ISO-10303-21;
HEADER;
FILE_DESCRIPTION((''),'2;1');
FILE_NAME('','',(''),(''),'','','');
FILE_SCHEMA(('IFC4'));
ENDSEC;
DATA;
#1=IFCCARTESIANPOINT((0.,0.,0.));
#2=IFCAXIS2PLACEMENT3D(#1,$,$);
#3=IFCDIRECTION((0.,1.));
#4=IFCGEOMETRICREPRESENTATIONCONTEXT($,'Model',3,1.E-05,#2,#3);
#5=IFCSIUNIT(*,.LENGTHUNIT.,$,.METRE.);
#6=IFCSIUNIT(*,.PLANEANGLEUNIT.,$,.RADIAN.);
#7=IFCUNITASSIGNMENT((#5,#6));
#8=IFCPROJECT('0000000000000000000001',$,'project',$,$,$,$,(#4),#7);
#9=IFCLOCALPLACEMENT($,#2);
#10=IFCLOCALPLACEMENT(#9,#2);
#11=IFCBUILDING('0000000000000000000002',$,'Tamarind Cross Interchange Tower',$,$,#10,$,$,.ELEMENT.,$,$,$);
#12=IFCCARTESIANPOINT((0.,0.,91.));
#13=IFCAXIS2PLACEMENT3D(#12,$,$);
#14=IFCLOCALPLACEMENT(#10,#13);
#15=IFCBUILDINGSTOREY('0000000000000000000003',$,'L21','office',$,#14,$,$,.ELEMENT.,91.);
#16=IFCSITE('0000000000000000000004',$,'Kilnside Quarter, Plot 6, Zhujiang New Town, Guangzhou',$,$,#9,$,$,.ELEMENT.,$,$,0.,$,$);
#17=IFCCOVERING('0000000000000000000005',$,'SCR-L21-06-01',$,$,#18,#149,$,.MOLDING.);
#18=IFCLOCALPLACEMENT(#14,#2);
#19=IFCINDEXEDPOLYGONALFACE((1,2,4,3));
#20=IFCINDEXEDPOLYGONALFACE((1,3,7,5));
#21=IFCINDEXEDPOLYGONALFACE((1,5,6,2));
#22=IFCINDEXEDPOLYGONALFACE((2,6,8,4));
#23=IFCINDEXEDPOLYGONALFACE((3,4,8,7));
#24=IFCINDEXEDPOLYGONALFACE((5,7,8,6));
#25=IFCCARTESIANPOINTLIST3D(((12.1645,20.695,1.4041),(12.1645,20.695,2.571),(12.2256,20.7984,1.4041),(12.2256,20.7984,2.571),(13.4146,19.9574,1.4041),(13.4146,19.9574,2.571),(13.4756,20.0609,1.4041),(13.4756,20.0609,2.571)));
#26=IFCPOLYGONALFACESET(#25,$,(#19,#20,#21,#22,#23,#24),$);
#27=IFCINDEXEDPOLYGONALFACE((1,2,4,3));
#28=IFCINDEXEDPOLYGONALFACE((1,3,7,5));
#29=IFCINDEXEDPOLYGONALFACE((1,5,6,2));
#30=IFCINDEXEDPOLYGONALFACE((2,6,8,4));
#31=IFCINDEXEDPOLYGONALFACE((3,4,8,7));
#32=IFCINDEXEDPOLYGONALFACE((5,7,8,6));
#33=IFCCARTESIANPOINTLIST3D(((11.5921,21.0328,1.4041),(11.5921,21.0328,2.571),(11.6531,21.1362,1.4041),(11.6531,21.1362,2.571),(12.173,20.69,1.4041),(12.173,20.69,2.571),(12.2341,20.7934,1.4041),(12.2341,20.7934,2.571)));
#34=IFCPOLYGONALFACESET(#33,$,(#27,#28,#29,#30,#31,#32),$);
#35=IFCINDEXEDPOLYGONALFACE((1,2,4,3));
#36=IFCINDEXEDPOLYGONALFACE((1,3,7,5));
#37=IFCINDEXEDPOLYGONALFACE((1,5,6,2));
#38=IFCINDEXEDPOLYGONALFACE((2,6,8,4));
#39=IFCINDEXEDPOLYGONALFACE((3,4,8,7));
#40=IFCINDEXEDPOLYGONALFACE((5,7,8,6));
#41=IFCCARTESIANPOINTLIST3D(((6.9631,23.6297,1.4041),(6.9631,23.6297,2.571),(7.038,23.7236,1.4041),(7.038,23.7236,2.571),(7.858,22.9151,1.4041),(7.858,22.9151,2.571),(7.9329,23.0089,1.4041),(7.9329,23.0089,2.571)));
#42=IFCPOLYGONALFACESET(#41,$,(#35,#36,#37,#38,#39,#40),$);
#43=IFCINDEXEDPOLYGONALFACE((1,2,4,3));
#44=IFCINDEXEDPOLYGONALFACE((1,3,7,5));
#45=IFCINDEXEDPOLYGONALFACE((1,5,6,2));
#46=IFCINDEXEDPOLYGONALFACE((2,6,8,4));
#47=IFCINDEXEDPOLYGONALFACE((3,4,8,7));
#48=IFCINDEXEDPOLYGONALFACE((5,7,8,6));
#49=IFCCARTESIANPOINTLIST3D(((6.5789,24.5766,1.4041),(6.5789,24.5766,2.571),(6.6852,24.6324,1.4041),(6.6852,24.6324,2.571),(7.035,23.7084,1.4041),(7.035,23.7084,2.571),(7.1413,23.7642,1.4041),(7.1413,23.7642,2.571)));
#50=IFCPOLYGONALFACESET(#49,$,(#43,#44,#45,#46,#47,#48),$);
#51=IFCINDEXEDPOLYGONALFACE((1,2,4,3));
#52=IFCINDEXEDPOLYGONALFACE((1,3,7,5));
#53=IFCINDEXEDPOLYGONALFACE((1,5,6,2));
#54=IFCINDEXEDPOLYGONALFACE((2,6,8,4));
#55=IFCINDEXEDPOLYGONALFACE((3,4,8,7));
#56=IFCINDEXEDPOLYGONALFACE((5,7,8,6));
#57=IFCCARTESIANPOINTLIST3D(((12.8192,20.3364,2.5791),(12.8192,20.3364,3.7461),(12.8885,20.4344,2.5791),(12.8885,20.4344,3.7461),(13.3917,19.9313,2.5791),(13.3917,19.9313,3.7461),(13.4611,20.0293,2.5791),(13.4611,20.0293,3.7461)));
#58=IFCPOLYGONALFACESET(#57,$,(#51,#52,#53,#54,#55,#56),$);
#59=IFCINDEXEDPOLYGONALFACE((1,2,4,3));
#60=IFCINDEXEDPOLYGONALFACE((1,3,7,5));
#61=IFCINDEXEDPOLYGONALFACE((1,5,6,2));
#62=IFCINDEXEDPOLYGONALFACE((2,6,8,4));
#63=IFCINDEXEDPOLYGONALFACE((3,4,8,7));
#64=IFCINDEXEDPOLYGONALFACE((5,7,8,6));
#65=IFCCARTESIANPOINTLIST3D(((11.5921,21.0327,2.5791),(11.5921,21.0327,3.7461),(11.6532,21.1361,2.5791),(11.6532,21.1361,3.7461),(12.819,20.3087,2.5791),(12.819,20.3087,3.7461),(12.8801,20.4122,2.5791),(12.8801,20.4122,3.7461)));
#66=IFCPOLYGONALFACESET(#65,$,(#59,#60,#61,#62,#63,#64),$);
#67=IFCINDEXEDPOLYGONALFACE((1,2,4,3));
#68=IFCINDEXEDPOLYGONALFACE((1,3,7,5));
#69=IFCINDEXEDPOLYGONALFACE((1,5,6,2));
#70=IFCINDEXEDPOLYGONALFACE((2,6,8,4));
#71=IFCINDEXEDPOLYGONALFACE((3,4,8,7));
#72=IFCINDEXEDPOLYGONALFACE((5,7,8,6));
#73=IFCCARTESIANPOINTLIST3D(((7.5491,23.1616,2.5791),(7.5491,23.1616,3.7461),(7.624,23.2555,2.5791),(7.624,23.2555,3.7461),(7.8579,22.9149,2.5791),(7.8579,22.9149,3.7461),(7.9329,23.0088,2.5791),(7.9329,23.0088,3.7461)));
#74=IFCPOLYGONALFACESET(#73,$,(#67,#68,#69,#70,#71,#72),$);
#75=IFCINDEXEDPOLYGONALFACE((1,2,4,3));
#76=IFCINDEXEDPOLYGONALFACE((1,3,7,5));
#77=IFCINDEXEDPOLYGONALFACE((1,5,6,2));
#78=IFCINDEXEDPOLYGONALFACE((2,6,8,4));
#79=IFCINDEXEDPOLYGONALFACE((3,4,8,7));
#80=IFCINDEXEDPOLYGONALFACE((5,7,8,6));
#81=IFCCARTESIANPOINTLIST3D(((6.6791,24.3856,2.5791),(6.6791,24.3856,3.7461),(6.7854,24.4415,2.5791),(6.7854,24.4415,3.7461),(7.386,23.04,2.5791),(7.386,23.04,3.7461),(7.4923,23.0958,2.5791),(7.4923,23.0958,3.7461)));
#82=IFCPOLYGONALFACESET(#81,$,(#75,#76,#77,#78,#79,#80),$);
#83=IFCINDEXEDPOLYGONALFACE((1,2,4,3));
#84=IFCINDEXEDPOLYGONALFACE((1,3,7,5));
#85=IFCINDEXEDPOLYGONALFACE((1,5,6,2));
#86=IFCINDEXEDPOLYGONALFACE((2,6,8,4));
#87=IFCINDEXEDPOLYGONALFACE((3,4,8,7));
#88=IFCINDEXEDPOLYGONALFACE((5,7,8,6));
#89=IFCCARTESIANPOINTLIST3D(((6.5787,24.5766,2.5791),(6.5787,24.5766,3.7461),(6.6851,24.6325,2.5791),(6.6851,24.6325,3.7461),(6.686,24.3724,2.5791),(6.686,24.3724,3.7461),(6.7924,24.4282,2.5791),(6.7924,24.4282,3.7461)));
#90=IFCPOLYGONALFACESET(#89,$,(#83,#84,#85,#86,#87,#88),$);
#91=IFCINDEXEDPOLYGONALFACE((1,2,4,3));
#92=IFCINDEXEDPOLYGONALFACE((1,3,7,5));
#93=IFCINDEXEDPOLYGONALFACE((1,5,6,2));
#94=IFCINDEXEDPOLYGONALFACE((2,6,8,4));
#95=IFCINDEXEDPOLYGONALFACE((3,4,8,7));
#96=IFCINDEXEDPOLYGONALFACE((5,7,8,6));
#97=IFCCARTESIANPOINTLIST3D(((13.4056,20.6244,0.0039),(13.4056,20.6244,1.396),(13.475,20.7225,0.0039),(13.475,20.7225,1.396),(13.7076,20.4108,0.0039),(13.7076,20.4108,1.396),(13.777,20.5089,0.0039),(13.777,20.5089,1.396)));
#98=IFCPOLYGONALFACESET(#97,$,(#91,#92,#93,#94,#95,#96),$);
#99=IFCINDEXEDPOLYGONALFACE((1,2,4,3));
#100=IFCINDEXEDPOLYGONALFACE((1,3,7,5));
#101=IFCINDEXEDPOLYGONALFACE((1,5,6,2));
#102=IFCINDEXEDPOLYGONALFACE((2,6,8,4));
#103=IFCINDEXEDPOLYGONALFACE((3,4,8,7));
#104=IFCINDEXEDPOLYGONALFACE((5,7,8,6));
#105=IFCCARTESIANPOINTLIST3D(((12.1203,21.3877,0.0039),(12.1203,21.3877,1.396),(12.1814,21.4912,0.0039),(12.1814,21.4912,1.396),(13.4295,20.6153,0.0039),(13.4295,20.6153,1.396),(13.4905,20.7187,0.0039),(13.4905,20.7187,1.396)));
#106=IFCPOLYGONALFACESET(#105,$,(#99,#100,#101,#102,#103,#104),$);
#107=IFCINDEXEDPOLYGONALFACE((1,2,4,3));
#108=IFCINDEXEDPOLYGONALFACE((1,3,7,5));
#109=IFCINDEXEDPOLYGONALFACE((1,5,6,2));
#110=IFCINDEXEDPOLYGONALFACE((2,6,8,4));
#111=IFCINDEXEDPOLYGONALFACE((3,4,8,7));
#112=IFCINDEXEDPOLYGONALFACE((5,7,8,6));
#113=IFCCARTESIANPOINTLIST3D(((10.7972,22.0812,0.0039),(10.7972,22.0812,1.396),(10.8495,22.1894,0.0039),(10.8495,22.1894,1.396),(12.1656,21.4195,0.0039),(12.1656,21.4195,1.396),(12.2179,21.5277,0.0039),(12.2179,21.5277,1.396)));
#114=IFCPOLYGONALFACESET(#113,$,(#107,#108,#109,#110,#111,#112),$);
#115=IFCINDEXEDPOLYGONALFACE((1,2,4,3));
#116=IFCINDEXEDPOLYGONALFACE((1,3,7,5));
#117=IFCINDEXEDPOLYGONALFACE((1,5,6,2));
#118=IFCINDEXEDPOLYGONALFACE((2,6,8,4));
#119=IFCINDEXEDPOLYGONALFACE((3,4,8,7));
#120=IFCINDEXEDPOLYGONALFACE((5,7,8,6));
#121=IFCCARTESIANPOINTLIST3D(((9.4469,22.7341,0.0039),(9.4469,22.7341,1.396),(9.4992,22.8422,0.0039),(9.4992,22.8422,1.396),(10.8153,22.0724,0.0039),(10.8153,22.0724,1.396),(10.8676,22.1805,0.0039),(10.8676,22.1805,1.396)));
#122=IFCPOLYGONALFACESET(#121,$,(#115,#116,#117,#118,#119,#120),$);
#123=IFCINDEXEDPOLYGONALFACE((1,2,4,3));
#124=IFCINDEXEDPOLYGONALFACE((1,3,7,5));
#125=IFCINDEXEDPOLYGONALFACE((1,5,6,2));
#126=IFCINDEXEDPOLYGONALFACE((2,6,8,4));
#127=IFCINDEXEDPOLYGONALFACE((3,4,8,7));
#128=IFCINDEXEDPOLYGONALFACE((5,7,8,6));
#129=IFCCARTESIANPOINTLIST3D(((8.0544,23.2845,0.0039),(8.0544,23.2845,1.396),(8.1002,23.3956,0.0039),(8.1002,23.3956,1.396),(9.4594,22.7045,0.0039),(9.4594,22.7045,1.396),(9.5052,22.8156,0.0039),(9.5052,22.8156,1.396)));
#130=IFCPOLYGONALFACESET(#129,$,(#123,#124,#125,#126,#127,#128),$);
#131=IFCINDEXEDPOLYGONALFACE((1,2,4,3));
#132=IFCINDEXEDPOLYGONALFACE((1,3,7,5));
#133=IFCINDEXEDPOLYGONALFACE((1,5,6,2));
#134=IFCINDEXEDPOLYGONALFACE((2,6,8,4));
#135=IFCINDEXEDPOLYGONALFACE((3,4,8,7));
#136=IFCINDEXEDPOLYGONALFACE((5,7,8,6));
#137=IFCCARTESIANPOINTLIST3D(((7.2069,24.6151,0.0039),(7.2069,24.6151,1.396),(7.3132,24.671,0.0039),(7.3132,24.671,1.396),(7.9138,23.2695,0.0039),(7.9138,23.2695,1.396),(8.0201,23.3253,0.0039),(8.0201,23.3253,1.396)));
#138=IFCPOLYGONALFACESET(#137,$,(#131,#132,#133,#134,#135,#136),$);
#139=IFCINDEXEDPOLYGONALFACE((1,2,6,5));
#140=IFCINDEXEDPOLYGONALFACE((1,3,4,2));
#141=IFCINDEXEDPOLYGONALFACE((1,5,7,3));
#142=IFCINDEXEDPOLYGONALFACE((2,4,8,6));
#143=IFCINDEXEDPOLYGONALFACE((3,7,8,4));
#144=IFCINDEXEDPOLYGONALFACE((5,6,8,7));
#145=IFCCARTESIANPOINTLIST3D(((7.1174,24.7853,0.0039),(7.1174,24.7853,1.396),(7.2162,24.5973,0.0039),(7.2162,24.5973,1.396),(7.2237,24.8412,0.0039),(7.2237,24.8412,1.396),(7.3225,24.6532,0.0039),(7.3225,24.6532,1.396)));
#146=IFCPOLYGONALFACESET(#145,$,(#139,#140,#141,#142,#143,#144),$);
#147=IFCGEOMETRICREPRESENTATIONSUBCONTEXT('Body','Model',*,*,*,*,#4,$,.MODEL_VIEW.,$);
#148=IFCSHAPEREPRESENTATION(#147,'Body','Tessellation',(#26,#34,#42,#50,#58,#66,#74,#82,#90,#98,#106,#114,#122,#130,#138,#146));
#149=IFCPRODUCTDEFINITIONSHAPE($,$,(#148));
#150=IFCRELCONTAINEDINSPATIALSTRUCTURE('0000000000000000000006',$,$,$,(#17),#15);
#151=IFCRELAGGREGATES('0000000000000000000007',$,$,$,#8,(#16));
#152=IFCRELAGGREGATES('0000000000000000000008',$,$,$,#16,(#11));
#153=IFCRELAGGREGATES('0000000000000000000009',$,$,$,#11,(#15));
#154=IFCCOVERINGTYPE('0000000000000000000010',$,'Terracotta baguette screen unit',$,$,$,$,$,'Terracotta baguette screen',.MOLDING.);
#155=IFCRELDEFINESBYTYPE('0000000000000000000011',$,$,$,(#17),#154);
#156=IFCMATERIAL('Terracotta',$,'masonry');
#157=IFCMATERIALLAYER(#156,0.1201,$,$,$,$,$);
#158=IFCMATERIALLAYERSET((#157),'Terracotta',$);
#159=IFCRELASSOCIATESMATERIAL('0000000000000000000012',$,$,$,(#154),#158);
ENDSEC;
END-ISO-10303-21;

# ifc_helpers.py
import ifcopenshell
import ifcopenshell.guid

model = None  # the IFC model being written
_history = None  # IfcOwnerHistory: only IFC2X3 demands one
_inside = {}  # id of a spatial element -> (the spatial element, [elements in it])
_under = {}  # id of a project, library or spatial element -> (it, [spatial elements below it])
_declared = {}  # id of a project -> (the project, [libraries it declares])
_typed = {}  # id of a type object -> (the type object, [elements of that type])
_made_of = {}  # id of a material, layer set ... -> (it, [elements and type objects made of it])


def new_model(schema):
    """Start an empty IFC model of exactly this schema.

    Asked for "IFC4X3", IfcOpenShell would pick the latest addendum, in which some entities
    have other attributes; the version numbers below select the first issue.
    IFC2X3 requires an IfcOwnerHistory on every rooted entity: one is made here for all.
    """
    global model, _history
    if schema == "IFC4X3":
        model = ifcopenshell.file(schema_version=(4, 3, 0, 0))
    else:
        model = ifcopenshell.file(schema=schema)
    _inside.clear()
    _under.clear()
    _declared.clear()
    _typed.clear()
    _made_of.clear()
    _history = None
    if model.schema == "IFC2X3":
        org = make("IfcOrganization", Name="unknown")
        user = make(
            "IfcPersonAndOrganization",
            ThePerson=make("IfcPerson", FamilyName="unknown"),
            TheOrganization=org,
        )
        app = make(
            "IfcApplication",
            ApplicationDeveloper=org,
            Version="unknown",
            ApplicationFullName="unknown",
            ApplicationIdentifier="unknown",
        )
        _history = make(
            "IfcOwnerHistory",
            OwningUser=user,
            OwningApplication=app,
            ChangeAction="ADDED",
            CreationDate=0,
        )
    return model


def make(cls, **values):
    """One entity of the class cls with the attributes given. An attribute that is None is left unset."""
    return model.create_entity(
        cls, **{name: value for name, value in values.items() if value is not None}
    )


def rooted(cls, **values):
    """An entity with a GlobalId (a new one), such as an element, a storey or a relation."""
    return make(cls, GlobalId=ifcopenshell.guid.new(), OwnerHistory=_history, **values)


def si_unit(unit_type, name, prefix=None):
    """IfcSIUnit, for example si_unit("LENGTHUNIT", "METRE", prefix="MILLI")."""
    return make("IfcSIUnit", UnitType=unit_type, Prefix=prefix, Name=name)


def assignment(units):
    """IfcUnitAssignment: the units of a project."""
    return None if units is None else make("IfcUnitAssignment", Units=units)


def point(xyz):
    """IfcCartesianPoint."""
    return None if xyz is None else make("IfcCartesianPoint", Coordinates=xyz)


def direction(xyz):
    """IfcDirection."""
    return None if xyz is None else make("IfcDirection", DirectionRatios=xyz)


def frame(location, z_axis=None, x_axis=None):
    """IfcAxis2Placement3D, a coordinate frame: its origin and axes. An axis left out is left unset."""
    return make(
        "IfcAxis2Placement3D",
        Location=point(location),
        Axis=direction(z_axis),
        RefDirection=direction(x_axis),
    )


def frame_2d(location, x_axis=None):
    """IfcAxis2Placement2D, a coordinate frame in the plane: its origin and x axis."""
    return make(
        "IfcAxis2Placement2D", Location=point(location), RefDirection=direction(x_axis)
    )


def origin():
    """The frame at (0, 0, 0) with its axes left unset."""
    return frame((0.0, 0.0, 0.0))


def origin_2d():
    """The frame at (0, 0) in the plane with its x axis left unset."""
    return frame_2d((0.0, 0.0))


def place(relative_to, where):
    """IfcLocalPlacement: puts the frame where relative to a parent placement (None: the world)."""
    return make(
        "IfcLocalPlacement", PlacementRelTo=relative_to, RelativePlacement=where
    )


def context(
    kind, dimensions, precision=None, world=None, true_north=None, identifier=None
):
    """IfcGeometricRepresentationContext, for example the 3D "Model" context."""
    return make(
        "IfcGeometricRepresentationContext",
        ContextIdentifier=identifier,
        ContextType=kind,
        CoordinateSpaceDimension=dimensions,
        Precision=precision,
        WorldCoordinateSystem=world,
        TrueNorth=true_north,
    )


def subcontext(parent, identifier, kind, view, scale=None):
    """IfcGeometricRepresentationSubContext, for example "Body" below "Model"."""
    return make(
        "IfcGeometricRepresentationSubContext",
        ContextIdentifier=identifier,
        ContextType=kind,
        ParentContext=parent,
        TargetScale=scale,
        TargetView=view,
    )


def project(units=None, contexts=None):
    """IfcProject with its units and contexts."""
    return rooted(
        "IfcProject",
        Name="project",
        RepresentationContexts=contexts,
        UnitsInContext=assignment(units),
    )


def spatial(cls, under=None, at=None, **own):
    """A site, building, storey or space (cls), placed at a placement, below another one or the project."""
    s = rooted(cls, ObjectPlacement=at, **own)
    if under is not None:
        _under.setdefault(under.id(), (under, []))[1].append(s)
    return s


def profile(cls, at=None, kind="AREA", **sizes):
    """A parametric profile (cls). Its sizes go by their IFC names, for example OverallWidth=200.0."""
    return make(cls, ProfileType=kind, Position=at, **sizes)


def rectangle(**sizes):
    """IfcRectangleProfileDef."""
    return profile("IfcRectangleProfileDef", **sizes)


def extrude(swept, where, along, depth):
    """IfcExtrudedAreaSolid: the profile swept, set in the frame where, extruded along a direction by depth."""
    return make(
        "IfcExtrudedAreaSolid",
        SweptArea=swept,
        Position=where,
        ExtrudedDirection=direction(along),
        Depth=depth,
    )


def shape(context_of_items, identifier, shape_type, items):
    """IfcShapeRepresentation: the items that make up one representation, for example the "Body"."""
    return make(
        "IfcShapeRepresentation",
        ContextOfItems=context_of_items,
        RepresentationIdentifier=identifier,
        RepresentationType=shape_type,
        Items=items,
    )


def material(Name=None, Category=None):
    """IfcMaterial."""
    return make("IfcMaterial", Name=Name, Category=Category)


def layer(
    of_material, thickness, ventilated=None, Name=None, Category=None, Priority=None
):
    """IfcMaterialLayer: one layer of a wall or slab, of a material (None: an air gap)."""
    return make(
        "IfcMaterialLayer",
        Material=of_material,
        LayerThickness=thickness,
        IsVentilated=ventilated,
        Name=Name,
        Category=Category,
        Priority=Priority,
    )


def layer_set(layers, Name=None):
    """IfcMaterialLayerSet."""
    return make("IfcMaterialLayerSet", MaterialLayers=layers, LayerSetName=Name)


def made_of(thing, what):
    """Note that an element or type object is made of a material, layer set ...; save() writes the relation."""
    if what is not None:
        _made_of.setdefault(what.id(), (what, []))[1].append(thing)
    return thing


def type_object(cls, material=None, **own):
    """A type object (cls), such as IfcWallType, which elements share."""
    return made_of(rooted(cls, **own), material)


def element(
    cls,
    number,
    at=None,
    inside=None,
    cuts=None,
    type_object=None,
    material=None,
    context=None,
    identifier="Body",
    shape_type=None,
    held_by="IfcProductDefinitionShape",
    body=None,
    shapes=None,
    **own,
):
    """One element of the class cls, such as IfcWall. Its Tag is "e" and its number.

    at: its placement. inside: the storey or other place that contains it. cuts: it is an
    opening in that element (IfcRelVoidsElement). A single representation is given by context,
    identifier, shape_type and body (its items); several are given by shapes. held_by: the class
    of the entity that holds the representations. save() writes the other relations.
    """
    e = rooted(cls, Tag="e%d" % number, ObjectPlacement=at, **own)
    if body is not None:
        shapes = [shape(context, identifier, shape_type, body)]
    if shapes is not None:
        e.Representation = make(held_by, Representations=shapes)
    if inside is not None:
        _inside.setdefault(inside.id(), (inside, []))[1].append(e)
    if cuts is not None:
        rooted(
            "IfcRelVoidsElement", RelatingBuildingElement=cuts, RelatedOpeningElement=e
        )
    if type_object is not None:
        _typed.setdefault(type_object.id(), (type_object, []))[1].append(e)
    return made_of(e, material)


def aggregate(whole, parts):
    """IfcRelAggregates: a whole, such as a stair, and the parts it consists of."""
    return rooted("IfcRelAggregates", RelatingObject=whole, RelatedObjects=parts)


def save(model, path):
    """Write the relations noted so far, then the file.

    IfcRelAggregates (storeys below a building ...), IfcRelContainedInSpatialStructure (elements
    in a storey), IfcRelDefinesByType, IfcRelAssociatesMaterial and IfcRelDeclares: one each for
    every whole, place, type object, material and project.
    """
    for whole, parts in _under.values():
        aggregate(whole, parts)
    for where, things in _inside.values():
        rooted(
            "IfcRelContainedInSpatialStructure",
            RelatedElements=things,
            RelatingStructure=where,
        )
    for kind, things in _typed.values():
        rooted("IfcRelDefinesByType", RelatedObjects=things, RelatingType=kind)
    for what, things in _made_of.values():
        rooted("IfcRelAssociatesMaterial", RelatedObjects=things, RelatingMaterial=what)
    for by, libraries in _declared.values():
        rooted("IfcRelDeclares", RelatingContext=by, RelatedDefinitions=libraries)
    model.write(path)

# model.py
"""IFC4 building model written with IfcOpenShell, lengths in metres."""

from ifc_helpers import new_model, si_unit, direction, frame, origin, origin_2d, place, context, subcontext, project, spatial, rectangle, extrude, material, layer, layer_set, type_object, element, save


model = new_model("IFC4")

# Units and contexts
model_context = context("Model", 3, precision=1e-05, world=origin(), true_north=direction((0.0, 1.0)))
body_context = subcontext(model_context, "Body", "Model", "MODEL_VIEW")
ifc_project = project(units=[si_unit("LENGTHUNIT", "METRE"), si_unit("PLANEANGLEUNIT", "RADIAN")], contexts=[model_context])

# Site, building, storey
site_placement = place(None, origin())
site = spatial("IfcSite", under=ifc_project, at=site_placement, Name="Kilnside Quarter, Plot 6, Zhujiang New Town, Guangzhou", CompositionType="ELEMENT", RefElevation=0.0)
building_placement = place(site_placement, origin())
building = spatial("IfcBuilding", under=site, at=building_placement, Name="Tamarind Cross Interchange Tower", CompositionType="ELEMENT")
storey_placement = place(building_placement, frame((0.0, 0.0, 91.0)))
storey = spatial("IfcBuildingStorey", under=building, at=storey_placement, Name="L21", Description="office", CompositionType="ELEMENT", Elevation=91.0)

# Covering
ifc_material_1 = material(Name="Terracotta", Category="masonry")
ifc_layer_1 = layer(ifc_material_1, 0.1201)
ifc_layer_set_1 = layer_set([ifc_layer_1], Name="Terracotta")
covering_type = type_object("IfcCoveringType", Name="Terracotta baguette screen unit", ElementType="Terracotta baguette screen", PredefinedType="MOLDING", material=ifc_layer_set_1)
covering_1_placement = place(storey_placement, origin())
element("IfcCovering", 1, at=covering_1_placement, inside=storey, type_object=covering_type, Name="SCR-L21-06-01", PredefinedType="MOLDING", context=body_context, shape_type="SweptSolid", body=[
    extrude(rectangle(XDim=1.4514, YDim=0.1201, at=origin_2d()), frame((12.8201, 20.3779, 1.4041), z_axis=(0.0, 0.0, 1.0), x_axis=(-0.861249, 0.508183, 0.0)), (0.0, 0.0, 1.0), 1.167),
    extrude(rectangle(XDim=0.6746, YDim=0.1201, at=origin_2d()), frame((11.9131, 20.9131, 1.4041), z_axis=(0.0, 0.0, 1.0), x_axis=(-0.861249, 0.508183, 0.0)), (0.0, 0.0, 1.0), 1.167),
    extrude(rectangle(XDim=1.1453, YDim=0.1201, at=origin_2d()), frame((7.448, 23.3193, 1.4041), z_axis=(0.0, 0.0, 1.0), x_axis=(-0.781409, 0.62402, 0.0)), (0.0, 0.0, 1.0), 1.167),
    extrude(rectangle(XDim=0.9807, YDim=0.1201, at=origin_2d()), frame((6.8601, 24.1704, 1.4041), z_axis=(0.0, 0.0, 1.0), x_axis=(-0.465062, 0.885278, 0.0)), (0.0, 0.0, 1.0), 1.167),
    extrude(rectangle(XDim=0.7014, YDim=0.1201, at=origin_2d()), frame((13.1401, 20.1829, 2.5791), z_axis=(0.0, 0.0, 1.0), x_axis=(-0.816342, 0.577569, 0.0)), (0.0, 0.0, 1.0), 1.167),
    extrude(rectangle(XDim=1.4246, YDim=0.1201, at=origin_2d()), frame((12.2361, 20.7224, 2.5791), z_axis=(0.0, 0.0, 1.0), x_axis=(-0.861249, 0.508183, 0.0)), (0.0, 0.0, 1.0), 1.167),
    extrude(rectangle(XDim=0.3953, YDim=0.1201, at=origin_2d()), frame((7.741, 23.0852, 2.5791), z_axis=(0.0, 0.0, 1.0), x_axis=(-0.781409, 0.62402, 0.0)), (0.0, 0.0, 1.0), 1.167),
    extrude(rectangle(XDim=1.52, YDim=0.1201, at=origin_2d()), frame((7.0857, 23.7407, 2.5791), z_axis=(0.0, 0.0, 1.0), x_axis=(-0.465062, 0.885278, 0.0)), (0.0, 0.0, 1.0), 1.167),
    extrude(rectangle(XDim=0.2307, YDim=0.1201, at=origin_2d()), frame((6.6855, 24.5024, 2.5791), z_axis=(0.0, 0.0, 1.0), x_axis=(-0.465062, 0.885278, 0.0)), (0.0, 0.0, 1.0), 1.167),
    extrude(rectangle(XDim=0.3699, YDim=0.1201, at=origin_2d()), frame((13.5913, 20.5667, 0.0039), z_axis=(0.0, 0.0, 1.0), x_axis=(-0.816342, 0.577569, 0.0)), (0.0, 0.0, 1.0), 1.3921),
    extrude(rectangle(XDim=1.52, YDim=0.1201, at=origin_2d()), frame((12.8054, 21.0532, 0.0039), z_axis=(0.0, 0.0, 1.0), x_axis=(-0.861249, 0.508183, 0.0)), (0.0, 0.0, 1.0), 1.3921),
    extrude(rectangle(XDim=1.52, YDim=0.1201, at=origin_2d()), frame((11.5076, 21.8044, 0.0039), z_axis=(0.0, 0.0, 1.0), x_axis=(-0.900273, 0.435326, 0.0)), (0.0, 0.0, 1.0), 1.3921),
    extrude(rectangle(XDim=1.52, YDim=0.1201, at=origin_2d()), frame((10.1572, 22.4573, 0.0039), z_axis=(0.0, 0.0, 1.0), x_axis=(-0.900273, 0.435326, 0.0)), (0.0, 0.0, 1.0), 1.3921),
    extrude(rectangle(XDim=1.52, YDim=0.1201, at=origin_2d()), frame((8.7798, 23.05, 0.0039), z_axis=(0.0, 0.0, 1.0), x_axis=(-0.924338, 0.381575, 0.0)), (0.0, 0.0, 1.0), 1.3921),
    extrude(rectangle(XDim=1.52, YDim=0.1201, at=origin_2d()), frame((7.6135, 23.9702, 0.0039), z_axis=(0.0, 0.0, 1.0), x_axis=(-0.465062, 0.885278, 0.0)), (0.0, 0.0, 1.0), 1.3921),
    extrude(rectangle(XDim=0.2124, YDim=0.1201, at=origin_2d()), frame((7.22, 24.7192, 0.0039), z_axis=(0.0, 0.0, 1.0), x_axis=(-0.465062, 0.885278, 0.0)), (0.0, 0.0, 1.0), 1.3921),
])

save(model, "model.ifc")
